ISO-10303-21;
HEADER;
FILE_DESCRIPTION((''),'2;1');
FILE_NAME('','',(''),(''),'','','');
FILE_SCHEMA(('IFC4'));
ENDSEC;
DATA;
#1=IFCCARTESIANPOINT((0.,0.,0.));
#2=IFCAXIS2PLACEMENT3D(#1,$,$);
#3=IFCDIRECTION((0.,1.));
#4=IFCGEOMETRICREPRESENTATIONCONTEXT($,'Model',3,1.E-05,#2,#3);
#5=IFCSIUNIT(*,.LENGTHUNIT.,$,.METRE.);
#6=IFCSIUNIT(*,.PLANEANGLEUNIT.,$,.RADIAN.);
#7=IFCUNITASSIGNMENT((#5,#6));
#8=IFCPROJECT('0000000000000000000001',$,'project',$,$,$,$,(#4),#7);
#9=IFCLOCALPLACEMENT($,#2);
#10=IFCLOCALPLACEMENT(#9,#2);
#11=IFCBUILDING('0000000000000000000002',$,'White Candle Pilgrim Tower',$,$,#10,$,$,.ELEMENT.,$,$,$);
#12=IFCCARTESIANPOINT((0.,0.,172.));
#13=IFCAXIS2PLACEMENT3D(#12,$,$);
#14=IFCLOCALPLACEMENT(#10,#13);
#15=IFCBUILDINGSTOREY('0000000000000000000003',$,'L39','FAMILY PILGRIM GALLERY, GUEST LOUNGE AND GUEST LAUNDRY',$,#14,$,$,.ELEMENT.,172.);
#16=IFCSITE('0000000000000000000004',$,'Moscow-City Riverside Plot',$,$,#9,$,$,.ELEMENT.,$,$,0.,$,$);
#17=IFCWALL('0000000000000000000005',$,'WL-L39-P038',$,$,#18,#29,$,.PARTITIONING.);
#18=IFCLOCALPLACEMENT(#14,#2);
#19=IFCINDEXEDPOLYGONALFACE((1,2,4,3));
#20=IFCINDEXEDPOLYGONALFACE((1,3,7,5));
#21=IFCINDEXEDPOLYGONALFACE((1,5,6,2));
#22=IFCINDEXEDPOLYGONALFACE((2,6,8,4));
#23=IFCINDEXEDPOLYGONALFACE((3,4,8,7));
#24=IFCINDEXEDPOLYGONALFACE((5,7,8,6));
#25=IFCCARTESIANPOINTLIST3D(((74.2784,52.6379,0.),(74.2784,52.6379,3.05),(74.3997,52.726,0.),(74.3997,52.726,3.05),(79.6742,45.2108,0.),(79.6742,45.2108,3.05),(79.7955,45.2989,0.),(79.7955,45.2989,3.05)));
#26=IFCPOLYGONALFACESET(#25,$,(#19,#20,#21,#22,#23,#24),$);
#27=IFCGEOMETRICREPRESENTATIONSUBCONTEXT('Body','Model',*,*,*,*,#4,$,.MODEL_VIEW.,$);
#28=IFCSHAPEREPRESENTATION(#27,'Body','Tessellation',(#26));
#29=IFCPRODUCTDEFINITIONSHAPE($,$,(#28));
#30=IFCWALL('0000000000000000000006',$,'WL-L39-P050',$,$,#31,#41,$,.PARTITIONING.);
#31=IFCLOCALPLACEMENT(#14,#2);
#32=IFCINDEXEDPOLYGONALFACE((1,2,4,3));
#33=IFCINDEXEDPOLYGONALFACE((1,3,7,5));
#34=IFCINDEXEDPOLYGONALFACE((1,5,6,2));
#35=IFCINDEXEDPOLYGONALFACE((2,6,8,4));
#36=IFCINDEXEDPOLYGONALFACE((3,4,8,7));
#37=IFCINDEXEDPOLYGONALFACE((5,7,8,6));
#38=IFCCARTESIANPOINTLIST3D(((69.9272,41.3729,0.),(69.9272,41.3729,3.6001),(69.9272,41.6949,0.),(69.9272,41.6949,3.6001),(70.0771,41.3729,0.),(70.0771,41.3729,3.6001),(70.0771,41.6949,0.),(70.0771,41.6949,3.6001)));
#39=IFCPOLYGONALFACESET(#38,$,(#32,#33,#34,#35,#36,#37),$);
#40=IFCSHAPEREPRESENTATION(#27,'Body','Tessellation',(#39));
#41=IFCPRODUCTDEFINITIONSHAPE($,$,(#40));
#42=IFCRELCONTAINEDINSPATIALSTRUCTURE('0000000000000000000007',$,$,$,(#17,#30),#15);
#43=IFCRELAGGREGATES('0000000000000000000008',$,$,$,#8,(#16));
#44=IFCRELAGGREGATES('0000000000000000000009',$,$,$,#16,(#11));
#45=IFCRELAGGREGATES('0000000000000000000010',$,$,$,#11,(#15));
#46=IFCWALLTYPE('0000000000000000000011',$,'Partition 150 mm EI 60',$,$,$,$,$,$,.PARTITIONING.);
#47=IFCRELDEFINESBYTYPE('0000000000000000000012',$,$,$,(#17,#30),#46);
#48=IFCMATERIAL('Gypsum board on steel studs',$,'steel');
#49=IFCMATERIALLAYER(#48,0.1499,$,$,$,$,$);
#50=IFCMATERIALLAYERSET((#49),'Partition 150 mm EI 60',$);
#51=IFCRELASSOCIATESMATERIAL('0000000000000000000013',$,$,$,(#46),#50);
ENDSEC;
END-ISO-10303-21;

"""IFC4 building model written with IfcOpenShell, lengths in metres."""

from ifc_helpers import new_model, si_unit, direction, frame, frame_2d, origin, place, context, subcontext, project, spatial, rectangle, extrude, material, layer, layer_set, type_object, element, save


model = new_model("IFC4")

# Units and contexts
model_context = context("Model", 3, precision=1e-05, world=origin(), true_north=direction((0.0, 1.0)))
body_context = subcontext(model_context, "Body", "Model", "MODEL_VIEW")
ifc_project = project(units=[si_unit("LENGTHUNIT", "METRE"), si_unit("PLANEANGLEUNIT", "RADIAN")], contexts=[model_context])

# Site, building, storey
site_placement = place(None, origin())
site = spatial("IfcSite", under=ifc_project, at=site_placement, Name="Moscow-City Riverside Plot", CompositionType="ELEMENT", RefElevation=0.0)
building_placement = place(site_placement, origin())
building = spatial("IfcBuilding", under=site, at=building_placement, Name="White Candle Pilgrim Tower", CompositionType="ELEMENT")
storey_placement = place(building_placement, frame((0.0, 0.0, 172.0)))
storey = spatial("IfcBuildingStorey", under=building, at=storey_placement, Name="L39", Description="FAMILY PILGRIM GALLERY, GUEST LOUNGE AND GUEST LAUNDRY", CompositionType="ELEMENT", Elevation=172.0)

# Shared definitions
ifc_material_1 = material(Name="Gypsum board on steel studs", Category="steel")

# Walls
ifc_layer_1 = layer(ifc_material_1, 0.1499)
ifc_layer_set_1 = layer_set([ifc_layer_1], Name="Partition 150 mm EI 60")
wall_type_1 = type_object("IfcWallType", Name="Partition 150 mm EI 60", PredefinedType="PARTITIONING", material=ifc_layer_set_1)
wall_1_placement = place(storey_placement, frame((79.7349, 45.2549, 0.0), z_axis=(0.0, 0.0, 1.0), x_axis=(-0.587765, 0.809032, 0.0)))
element("IfcWall", 1, at=wall_1_placement, inside=storey, type_object=wall_type_1, Name="WL-L39-P038", PredefinedType="PARTITIONING", context=body_context, shape_type="SweptSolid", body=[
    extrude(rectangle(XDim=9.1802, YDim=0.1499, at=frame_2d((4.5901, 0.0))), origin(), (0.0, 0.0, 1.0), 3.05),
])
wall_2_placement = place(storey_placement, frame((70.0022, 41.6951, 0.0), z_axis=(0.0, 0.0, 1.0), x_axis=(0.0, -1.0, 0.0)))
element("IfcWall", 2, at=wall_2_placement, inside=storey, type_object=wall_type_1, Name="WL-L39-P050", PredefinedType="PARTITIONING", context=body_context, shape_type="SweptSolid", body=[
    extrude(rectangle(XDim=0.322, YDim=0.1499, at=frame_2d((0.1611, 0.0))), origin(), (0.0, 0.0, 1.0), 3.6001),
])

save(model, "model.ifc")
